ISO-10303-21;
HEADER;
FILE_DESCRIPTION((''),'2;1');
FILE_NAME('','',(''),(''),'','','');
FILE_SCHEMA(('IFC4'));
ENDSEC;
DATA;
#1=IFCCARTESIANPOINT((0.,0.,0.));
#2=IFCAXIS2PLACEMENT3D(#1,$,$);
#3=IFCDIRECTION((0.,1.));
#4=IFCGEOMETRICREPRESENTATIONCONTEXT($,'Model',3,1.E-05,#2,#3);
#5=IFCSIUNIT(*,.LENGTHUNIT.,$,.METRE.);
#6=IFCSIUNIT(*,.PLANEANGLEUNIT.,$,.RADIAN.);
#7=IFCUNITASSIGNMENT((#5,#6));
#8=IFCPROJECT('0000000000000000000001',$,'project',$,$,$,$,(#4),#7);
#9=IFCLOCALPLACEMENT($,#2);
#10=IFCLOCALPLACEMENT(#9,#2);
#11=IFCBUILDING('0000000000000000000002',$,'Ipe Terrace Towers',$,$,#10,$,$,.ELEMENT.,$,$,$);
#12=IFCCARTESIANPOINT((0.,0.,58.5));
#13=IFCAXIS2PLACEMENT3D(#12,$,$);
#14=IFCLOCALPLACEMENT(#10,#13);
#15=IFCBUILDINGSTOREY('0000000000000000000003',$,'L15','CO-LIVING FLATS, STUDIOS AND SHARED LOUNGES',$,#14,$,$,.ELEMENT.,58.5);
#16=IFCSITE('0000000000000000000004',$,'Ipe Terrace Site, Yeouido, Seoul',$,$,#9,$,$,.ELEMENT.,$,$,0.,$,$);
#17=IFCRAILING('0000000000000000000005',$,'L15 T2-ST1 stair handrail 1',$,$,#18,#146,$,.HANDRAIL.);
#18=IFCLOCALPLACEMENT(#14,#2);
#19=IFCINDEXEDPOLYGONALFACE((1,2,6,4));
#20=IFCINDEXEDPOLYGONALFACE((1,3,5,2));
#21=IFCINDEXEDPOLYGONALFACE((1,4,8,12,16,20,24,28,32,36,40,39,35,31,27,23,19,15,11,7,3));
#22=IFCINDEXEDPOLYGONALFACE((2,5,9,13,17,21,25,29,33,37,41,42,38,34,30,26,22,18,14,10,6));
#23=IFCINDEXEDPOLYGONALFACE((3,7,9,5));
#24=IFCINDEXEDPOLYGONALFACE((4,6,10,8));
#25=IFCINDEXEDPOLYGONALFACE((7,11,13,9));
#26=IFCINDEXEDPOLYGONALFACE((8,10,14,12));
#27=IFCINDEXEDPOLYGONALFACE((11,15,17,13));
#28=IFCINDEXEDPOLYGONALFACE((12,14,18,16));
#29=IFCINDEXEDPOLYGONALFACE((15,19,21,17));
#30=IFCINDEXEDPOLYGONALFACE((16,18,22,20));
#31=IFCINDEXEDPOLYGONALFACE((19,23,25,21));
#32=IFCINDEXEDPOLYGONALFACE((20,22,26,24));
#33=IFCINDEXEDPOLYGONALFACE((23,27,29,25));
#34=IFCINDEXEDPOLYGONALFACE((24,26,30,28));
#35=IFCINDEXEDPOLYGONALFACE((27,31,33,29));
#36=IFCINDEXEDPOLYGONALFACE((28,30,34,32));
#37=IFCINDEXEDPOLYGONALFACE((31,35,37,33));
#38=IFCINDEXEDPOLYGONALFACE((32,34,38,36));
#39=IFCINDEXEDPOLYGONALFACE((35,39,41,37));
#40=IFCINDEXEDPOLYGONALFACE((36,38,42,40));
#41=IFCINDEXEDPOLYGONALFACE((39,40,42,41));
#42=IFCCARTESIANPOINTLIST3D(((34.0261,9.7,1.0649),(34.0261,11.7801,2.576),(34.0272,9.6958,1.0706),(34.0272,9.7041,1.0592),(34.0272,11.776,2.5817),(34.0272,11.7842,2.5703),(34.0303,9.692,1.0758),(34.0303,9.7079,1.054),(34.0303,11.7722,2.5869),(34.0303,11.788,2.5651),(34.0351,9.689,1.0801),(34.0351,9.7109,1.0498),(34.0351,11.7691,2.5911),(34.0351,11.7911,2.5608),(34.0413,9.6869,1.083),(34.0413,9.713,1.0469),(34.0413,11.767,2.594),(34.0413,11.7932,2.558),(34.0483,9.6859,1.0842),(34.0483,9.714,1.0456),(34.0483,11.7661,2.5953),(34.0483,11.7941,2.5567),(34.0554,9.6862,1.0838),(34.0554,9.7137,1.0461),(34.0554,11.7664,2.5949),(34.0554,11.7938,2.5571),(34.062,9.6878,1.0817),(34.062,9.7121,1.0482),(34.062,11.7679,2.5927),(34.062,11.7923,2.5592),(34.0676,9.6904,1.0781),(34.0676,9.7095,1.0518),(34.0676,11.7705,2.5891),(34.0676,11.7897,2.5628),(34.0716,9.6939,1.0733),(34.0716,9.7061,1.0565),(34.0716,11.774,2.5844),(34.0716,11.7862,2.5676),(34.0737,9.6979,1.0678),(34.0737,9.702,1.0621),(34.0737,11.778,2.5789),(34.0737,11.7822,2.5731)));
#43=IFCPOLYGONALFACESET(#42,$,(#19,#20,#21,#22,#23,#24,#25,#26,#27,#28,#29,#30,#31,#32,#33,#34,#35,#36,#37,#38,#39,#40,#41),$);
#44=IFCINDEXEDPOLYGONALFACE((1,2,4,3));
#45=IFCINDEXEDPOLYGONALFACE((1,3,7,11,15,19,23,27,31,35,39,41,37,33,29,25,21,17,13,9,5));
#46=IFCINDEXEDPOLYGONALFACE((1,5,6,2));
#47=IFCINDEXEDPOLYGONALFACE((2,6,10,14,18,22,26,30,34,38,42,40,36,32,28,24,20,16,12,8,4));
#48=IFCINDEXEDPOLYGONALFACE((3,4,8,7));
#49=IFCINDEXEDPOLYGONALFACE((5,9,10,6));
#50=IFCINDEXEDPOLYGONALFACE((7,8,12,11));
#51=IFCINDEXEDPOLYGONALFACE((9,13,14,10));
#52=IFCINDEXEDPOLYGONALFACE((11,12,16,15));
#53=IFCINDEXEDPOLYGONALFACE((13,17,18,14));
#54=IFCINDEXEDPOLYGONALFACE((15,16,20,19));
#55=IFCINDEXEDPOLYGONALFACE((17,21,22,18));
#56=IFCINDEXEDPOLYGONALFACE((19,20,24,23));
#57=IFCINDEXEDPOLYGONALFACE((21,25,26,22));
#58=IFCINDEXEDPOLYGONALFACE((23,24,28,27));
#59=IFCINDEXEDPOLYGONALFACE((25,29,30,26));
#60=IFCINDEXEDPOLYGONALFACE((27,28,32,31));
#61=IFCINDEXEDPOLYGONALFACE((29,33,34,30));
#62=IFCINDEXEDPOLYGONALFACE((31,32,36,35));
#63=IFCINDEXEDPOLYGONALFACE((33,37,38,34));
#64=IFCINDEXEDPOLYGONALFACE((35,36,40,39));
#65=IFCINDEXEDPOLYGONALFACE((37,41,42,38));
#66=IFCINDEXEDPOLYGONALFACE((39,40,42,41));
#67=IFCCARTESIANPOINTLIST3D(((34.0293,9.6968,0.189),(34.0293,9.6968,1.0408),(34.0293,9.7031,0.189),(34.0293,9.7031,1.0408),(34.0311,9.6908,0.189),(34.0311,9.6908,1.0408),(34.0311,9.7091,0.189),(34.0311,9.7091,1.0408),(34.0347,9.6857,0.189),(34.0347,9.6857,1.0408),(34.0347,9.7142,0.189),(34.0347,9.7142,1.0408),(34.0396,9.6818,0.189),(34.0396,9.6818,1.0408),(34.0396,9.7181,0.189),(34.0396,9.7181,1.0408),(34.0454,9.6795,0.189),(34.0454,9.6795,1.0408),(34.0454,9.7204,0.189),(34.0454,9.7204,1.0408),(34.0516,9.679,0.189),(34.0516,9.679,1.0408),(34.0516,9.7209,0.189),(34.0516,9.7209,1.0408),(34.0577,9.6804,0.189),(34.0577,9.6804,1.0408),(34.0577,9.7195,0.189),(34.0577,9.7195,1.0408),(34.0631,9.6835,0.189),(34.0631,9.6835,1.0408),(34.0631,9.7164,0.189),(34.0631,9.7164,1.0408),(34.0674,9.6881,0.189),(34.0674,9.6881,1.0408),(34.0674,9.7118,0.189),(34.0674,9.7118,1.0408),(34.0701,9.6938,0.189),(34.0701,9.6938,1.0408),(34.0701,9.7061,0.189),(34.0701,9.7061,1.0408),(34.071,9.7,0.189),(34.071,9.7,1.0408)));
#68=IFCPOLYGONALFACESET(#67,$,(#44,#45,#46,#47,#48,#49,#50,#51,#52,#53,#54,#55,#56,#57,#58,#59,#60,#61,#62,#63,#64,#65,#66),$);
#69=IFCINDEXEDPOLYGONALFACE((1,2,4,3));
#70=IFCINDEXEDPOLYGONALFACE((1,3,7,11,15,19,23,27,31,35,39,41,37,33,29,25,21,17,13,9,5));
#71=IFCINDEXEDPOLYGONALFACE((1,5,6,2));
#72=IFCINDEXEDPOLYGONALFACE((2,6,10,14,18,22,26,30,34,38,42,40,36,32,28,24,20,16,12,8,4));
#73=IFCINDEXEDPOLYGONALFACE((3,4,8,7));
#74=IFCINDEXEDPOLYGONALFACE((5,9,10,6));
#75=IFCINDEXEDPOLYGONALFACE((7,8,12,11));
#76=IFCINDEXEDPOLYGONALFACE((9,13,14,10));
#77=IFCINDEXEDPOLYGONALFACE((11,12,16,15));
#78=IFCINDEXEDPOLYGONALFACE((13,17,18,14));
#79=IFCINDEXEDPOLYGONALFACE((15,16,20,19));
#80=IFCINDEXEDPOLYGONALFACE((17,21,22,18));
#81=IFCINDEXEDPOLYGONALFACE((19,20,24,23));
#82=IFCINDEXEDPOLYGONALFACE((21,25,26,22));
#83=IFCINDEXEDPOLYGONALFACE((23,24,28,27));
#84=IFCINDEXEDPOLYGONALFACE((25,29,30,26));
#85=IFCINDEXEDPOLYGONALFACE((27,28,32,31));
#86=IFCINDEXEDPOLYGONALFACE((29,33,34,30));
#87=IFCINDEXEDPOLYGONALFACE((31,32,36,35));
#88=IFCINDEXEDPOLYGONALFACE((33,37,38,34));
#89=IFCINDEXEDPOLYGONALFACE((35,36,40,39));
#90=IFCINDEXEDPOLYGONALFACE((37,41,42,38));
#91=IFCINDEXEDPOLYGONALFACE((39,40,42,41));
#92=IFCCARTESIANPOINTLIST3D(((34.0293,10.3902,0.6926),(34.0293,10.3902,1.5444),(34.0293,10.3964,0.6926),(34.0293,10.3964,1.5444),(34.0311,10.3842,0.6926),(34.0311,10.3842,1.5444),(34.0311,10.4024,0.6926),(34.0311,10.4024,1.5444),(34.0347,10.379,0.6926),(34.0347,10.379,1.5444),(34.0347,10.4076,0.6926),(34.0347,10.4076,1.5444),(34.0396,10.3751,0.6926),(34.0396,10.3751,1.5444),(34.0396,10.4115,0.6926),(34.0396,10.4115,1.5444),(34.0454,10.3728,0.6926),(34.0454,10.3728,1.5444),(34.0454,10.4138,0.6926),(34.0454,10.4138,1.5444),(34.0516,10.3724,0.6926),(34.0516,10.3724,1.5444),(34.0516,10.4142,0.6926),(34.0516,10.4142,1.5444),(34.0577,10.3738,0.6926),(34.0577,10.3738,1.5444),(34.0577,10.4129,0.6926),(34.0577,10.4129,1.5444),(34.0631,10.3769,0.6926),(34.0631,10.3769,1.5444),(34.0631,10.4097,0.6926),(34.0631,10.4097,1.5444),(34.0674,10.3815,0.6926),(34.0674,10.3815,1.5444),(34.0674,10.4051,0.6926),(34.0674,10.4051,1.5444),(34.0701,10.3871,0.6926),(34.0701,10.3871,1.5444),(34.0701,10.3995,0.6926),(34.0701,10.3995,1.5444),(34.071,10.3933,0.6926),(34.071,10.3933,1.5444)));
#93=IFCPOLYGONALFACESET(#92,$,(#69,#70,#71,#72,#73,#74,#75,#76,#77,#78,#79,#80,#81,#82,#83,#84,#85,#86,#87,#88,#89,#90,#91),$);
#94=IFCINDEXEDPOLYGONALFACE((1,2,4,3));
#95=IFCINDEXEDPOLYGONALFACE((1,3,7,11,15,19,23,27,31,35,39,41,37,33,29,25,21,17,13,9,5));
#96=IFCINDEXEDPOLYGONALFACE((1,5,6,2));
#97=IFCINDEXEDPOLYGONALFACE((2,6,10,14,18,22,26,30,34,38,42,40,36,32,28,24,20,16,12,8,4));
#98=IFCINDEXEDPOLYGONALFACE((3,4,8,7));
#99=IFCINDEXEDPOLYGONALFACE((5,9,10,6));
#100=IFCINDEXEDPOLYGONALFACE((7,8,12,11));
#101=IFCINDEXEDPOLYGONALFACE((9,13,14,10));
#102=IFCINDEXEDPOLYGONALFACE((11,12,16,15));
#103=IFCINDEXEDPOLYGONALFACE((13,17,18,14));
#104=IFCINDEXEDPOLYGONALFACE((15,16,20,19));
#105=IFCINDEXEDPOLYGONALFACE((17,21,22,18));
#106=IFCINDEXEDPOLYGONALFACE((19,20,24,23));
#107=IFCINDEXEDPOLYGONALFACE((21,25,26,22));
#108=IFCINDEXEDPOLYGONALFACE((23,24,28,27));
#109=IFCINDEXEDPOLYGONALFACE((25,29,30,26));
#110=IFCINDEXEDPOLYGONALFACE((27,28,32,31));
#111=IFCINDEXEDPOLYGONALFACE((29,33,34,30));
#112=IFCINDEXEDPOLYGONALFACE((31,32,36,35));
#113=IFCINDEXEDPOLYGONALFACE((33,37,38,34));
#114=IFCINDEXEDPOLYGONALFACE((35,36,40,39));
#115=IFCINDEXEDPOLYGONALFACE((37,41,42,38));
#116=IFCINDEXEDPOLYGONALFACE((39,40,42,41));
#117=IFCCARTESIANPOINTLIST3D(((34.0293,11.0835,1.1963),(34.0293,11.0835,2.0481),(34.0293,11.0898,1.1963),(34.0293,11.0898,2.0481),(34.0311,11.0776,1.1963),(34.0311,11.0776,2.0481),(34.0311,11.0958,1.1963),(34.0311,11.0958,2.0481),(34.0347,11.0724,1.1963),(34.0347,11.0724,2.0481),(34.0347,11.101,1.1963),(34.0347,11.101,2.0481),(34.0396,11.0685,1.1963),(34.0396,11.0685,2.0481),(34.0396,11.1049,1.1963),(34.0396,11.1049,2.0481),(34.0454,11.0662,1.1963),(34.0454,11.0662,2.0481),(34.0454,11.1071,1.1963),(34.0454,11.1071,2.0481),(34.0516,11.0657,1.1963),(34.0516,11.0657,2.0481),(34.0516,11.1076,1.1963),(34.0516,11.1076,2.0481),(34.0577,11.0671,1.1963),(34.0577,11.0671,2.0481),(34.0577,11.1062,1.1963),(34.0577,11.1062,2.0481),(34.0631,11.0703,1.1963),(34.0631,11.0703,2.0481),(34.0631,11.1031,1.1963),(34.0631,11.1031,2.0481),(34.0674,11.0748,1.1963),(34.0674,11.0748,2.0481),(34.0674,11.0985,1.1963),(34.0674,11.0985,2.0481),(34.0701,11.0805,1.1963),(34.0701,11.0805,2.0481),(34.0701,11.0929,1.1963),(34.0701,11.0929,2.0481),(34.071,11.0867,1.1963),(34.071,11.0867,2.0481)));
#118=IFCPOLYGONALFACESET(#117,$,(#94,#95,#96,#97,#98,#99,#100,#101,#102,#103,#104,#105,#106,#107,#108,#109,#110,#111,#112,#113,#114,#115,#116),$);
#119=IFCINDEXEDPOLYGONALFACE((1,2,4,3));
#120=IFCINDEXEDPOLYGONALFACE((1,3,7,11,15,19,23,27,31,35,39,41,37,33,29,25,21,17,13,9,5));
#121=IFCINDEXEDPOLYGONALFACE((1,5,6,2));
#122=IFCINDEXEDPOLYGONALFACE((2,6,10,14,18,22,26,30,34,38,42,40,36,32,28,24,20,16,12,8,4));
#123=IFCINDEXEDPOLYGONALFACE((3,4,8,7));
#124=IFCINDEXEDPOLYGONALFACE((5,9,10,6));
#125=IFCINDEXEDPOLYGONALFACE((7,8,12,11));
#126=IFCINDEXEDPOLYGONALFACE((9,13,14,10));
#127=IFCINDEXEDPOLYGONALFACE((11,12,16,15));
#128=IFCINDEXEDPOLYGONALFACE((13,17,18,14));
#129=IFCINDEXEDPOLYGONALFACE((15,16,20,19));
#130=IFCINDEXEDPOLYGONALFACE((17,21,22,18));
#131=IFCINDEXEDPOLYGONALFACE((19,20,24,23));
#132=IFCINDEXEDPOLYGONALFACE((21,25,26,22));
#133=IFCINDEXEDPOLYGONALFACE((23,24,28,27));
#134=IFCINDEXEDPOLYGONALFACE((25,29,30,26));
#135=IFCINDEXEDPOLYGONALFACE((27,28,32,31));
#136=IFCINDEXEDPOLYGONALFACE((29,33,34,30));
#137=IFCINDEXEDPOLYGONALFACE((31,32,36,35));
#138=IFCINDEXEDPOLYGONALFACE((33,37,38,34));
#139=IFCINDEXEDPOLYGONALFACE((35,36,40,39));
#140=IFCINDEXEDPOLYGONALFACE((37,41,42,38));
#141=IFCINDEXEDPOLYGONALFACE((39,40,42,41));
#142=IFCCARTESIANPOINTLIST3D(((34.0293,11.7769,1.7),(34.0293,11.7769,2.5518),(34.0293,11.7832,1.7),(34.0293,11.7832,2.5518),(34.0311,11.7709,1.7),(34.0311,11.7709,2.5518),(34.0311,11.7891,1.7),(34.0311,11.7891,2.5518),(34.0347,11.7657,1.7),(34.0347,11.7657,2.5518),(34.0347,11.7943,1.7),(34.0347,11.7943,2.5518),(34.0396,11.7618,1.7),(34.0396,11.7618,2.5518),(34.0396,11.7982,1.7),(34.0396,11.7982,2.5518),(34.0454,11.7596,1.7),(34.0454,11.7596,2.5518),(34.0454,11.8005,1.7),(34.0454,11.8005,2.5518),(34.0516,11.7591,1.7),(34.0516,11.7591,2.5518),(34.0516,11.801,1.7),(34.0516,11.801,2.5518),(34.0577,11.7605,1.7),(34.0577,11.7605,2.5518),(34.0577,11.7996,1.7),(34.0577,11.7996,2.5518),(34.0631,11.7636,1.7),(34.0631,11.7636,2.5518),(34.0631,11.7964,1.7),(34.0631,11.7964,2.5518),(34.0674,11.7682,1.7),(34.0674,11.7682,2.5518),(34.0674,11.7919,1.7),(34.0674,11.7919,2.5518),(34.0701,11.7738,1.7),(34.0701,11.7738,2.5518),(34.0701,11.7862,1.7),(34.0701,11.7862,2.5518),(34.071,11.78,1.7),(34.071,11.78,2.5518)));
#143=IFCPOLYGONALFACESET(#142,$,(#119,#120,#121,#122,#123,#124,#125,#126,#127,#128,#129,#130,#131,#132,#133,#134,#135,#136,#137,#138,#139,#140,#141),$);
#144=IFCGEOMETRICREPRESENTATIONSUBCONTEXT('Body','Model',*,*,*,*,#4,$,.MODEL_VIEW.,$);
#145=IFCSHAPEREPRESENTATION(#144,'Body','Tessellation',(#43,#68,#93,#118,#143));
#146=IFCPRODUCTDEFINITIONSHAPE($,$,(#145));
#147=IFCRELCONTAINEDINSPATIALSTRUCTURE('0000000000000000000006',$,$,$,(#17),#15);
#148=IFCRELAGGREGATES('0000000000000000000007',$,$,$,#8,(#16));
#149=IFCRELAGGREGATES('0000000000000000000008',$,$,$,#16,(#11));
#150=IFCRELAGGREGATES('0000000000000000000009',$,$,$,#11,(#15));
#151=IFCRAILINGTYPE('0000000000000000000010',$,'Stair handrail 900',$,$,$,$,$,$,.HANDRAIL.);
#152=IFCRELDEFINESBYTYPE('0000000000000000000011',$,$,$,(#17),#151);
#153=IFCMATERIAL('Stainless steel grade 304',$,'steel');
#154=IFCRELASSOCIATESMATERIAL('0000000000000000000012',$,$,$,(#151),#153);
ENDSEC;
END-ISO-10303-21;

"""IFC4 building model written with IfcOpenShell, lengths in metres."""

from ifc_helpers import new_model, si_unit, direction, frame, origin, origin_2d, place, context, subcontext, project, spatial, circle, extrude, material, type_object, element, save


model = new_model("IFC4")

# Units and contexts
model_context = context("Model", 3, precision=1e-05, world=origin(), true_north=direction((0.0, 1.0)))
body_context = subcontext(model_context, "Body", "Model", "MODEL_VIEW")
ifc_project = project(units=[si_unit("LENGTHUNIT", "METRE"), si_unit("PLANEANGLEUNIT", "RADIAN")], contexts=[model_context])

# Site, building, storey
site_placement = place(None, origin())
site = spatial("IfcSite", under=ifc_project, at=site_placement, Name="Ipe Terrace Site, Yeouido, Seoul", CompositionType="ELEMENT", RefElevation=0.0)
building_placement = place(site_placement, origin())
building = spatial("IfcBuilding", under=site, at=building_placement, Name="Ipe Terrace Towers", CompositionType="ELEMENT")
storey_placement = place(building_placement, frame((0.0, 0.0, 58.5)))
storey = spatial("IfcBuildingStorey", under=building, at=storey_placement, Name="L15", Description="CO-LIVING FLATS, STUDIOS AND SHARED LOUNGES", CompositionType="ELEMENT", Elevation=58.5)

# Railing
ifc_material_1 = material(Name="Stainless steel grade 304", Category="steel")
railing_type_1 = type_object("IfcRailingType", Name="Stair handrail 900", PredefinedType="HANDRAIL", material=ifc_material_1)
railing_1_placement = place(storey_placement, frame((34.05, 9.7, 0.189)))
element("IfcRailing", 1, at=railing_1_placement, inside=storey, type_object=railing_type_1, Name="L15 T2-ST1 stair handrail 1", PredefinedType="HANDRAIL", context=body_context, shape_type="SweptSolid", body=[
    extrude(circle(Radius=0.0239, at=origin_2d()), frame((0.0, 0.0, 0.876), z_axis=(0.0, 0.809069, 0.587714), x_axis=(-1.0, 0.0, 0.0)), (0.0, 0.0, 1.0), 2.571),
    extrude(circle(Radius=0.021, at=origin_2d()), origin(), (0.0, 0.0, 1.0), 0.8518),
    extrude(circle(Radius=0.021, at=origin_2d()), frame((0.0, 0.6934, 0.5037)), (0.0, 0.0, 1.0), 0.8518),
    extrude(circle(Radius=0.021, at=origin_2d()), frame((0.0, 1.3867, 1.0073)), (0.0, 0.0, 1.0), 0.8518),
    extrude(circle(Radius=0.021, at=origin_2d()), frame((0.0, 2.0801, 1.511)), (0.0, 0.0, 1.0), 0.8518),
])

save(model, "model.ifc")
